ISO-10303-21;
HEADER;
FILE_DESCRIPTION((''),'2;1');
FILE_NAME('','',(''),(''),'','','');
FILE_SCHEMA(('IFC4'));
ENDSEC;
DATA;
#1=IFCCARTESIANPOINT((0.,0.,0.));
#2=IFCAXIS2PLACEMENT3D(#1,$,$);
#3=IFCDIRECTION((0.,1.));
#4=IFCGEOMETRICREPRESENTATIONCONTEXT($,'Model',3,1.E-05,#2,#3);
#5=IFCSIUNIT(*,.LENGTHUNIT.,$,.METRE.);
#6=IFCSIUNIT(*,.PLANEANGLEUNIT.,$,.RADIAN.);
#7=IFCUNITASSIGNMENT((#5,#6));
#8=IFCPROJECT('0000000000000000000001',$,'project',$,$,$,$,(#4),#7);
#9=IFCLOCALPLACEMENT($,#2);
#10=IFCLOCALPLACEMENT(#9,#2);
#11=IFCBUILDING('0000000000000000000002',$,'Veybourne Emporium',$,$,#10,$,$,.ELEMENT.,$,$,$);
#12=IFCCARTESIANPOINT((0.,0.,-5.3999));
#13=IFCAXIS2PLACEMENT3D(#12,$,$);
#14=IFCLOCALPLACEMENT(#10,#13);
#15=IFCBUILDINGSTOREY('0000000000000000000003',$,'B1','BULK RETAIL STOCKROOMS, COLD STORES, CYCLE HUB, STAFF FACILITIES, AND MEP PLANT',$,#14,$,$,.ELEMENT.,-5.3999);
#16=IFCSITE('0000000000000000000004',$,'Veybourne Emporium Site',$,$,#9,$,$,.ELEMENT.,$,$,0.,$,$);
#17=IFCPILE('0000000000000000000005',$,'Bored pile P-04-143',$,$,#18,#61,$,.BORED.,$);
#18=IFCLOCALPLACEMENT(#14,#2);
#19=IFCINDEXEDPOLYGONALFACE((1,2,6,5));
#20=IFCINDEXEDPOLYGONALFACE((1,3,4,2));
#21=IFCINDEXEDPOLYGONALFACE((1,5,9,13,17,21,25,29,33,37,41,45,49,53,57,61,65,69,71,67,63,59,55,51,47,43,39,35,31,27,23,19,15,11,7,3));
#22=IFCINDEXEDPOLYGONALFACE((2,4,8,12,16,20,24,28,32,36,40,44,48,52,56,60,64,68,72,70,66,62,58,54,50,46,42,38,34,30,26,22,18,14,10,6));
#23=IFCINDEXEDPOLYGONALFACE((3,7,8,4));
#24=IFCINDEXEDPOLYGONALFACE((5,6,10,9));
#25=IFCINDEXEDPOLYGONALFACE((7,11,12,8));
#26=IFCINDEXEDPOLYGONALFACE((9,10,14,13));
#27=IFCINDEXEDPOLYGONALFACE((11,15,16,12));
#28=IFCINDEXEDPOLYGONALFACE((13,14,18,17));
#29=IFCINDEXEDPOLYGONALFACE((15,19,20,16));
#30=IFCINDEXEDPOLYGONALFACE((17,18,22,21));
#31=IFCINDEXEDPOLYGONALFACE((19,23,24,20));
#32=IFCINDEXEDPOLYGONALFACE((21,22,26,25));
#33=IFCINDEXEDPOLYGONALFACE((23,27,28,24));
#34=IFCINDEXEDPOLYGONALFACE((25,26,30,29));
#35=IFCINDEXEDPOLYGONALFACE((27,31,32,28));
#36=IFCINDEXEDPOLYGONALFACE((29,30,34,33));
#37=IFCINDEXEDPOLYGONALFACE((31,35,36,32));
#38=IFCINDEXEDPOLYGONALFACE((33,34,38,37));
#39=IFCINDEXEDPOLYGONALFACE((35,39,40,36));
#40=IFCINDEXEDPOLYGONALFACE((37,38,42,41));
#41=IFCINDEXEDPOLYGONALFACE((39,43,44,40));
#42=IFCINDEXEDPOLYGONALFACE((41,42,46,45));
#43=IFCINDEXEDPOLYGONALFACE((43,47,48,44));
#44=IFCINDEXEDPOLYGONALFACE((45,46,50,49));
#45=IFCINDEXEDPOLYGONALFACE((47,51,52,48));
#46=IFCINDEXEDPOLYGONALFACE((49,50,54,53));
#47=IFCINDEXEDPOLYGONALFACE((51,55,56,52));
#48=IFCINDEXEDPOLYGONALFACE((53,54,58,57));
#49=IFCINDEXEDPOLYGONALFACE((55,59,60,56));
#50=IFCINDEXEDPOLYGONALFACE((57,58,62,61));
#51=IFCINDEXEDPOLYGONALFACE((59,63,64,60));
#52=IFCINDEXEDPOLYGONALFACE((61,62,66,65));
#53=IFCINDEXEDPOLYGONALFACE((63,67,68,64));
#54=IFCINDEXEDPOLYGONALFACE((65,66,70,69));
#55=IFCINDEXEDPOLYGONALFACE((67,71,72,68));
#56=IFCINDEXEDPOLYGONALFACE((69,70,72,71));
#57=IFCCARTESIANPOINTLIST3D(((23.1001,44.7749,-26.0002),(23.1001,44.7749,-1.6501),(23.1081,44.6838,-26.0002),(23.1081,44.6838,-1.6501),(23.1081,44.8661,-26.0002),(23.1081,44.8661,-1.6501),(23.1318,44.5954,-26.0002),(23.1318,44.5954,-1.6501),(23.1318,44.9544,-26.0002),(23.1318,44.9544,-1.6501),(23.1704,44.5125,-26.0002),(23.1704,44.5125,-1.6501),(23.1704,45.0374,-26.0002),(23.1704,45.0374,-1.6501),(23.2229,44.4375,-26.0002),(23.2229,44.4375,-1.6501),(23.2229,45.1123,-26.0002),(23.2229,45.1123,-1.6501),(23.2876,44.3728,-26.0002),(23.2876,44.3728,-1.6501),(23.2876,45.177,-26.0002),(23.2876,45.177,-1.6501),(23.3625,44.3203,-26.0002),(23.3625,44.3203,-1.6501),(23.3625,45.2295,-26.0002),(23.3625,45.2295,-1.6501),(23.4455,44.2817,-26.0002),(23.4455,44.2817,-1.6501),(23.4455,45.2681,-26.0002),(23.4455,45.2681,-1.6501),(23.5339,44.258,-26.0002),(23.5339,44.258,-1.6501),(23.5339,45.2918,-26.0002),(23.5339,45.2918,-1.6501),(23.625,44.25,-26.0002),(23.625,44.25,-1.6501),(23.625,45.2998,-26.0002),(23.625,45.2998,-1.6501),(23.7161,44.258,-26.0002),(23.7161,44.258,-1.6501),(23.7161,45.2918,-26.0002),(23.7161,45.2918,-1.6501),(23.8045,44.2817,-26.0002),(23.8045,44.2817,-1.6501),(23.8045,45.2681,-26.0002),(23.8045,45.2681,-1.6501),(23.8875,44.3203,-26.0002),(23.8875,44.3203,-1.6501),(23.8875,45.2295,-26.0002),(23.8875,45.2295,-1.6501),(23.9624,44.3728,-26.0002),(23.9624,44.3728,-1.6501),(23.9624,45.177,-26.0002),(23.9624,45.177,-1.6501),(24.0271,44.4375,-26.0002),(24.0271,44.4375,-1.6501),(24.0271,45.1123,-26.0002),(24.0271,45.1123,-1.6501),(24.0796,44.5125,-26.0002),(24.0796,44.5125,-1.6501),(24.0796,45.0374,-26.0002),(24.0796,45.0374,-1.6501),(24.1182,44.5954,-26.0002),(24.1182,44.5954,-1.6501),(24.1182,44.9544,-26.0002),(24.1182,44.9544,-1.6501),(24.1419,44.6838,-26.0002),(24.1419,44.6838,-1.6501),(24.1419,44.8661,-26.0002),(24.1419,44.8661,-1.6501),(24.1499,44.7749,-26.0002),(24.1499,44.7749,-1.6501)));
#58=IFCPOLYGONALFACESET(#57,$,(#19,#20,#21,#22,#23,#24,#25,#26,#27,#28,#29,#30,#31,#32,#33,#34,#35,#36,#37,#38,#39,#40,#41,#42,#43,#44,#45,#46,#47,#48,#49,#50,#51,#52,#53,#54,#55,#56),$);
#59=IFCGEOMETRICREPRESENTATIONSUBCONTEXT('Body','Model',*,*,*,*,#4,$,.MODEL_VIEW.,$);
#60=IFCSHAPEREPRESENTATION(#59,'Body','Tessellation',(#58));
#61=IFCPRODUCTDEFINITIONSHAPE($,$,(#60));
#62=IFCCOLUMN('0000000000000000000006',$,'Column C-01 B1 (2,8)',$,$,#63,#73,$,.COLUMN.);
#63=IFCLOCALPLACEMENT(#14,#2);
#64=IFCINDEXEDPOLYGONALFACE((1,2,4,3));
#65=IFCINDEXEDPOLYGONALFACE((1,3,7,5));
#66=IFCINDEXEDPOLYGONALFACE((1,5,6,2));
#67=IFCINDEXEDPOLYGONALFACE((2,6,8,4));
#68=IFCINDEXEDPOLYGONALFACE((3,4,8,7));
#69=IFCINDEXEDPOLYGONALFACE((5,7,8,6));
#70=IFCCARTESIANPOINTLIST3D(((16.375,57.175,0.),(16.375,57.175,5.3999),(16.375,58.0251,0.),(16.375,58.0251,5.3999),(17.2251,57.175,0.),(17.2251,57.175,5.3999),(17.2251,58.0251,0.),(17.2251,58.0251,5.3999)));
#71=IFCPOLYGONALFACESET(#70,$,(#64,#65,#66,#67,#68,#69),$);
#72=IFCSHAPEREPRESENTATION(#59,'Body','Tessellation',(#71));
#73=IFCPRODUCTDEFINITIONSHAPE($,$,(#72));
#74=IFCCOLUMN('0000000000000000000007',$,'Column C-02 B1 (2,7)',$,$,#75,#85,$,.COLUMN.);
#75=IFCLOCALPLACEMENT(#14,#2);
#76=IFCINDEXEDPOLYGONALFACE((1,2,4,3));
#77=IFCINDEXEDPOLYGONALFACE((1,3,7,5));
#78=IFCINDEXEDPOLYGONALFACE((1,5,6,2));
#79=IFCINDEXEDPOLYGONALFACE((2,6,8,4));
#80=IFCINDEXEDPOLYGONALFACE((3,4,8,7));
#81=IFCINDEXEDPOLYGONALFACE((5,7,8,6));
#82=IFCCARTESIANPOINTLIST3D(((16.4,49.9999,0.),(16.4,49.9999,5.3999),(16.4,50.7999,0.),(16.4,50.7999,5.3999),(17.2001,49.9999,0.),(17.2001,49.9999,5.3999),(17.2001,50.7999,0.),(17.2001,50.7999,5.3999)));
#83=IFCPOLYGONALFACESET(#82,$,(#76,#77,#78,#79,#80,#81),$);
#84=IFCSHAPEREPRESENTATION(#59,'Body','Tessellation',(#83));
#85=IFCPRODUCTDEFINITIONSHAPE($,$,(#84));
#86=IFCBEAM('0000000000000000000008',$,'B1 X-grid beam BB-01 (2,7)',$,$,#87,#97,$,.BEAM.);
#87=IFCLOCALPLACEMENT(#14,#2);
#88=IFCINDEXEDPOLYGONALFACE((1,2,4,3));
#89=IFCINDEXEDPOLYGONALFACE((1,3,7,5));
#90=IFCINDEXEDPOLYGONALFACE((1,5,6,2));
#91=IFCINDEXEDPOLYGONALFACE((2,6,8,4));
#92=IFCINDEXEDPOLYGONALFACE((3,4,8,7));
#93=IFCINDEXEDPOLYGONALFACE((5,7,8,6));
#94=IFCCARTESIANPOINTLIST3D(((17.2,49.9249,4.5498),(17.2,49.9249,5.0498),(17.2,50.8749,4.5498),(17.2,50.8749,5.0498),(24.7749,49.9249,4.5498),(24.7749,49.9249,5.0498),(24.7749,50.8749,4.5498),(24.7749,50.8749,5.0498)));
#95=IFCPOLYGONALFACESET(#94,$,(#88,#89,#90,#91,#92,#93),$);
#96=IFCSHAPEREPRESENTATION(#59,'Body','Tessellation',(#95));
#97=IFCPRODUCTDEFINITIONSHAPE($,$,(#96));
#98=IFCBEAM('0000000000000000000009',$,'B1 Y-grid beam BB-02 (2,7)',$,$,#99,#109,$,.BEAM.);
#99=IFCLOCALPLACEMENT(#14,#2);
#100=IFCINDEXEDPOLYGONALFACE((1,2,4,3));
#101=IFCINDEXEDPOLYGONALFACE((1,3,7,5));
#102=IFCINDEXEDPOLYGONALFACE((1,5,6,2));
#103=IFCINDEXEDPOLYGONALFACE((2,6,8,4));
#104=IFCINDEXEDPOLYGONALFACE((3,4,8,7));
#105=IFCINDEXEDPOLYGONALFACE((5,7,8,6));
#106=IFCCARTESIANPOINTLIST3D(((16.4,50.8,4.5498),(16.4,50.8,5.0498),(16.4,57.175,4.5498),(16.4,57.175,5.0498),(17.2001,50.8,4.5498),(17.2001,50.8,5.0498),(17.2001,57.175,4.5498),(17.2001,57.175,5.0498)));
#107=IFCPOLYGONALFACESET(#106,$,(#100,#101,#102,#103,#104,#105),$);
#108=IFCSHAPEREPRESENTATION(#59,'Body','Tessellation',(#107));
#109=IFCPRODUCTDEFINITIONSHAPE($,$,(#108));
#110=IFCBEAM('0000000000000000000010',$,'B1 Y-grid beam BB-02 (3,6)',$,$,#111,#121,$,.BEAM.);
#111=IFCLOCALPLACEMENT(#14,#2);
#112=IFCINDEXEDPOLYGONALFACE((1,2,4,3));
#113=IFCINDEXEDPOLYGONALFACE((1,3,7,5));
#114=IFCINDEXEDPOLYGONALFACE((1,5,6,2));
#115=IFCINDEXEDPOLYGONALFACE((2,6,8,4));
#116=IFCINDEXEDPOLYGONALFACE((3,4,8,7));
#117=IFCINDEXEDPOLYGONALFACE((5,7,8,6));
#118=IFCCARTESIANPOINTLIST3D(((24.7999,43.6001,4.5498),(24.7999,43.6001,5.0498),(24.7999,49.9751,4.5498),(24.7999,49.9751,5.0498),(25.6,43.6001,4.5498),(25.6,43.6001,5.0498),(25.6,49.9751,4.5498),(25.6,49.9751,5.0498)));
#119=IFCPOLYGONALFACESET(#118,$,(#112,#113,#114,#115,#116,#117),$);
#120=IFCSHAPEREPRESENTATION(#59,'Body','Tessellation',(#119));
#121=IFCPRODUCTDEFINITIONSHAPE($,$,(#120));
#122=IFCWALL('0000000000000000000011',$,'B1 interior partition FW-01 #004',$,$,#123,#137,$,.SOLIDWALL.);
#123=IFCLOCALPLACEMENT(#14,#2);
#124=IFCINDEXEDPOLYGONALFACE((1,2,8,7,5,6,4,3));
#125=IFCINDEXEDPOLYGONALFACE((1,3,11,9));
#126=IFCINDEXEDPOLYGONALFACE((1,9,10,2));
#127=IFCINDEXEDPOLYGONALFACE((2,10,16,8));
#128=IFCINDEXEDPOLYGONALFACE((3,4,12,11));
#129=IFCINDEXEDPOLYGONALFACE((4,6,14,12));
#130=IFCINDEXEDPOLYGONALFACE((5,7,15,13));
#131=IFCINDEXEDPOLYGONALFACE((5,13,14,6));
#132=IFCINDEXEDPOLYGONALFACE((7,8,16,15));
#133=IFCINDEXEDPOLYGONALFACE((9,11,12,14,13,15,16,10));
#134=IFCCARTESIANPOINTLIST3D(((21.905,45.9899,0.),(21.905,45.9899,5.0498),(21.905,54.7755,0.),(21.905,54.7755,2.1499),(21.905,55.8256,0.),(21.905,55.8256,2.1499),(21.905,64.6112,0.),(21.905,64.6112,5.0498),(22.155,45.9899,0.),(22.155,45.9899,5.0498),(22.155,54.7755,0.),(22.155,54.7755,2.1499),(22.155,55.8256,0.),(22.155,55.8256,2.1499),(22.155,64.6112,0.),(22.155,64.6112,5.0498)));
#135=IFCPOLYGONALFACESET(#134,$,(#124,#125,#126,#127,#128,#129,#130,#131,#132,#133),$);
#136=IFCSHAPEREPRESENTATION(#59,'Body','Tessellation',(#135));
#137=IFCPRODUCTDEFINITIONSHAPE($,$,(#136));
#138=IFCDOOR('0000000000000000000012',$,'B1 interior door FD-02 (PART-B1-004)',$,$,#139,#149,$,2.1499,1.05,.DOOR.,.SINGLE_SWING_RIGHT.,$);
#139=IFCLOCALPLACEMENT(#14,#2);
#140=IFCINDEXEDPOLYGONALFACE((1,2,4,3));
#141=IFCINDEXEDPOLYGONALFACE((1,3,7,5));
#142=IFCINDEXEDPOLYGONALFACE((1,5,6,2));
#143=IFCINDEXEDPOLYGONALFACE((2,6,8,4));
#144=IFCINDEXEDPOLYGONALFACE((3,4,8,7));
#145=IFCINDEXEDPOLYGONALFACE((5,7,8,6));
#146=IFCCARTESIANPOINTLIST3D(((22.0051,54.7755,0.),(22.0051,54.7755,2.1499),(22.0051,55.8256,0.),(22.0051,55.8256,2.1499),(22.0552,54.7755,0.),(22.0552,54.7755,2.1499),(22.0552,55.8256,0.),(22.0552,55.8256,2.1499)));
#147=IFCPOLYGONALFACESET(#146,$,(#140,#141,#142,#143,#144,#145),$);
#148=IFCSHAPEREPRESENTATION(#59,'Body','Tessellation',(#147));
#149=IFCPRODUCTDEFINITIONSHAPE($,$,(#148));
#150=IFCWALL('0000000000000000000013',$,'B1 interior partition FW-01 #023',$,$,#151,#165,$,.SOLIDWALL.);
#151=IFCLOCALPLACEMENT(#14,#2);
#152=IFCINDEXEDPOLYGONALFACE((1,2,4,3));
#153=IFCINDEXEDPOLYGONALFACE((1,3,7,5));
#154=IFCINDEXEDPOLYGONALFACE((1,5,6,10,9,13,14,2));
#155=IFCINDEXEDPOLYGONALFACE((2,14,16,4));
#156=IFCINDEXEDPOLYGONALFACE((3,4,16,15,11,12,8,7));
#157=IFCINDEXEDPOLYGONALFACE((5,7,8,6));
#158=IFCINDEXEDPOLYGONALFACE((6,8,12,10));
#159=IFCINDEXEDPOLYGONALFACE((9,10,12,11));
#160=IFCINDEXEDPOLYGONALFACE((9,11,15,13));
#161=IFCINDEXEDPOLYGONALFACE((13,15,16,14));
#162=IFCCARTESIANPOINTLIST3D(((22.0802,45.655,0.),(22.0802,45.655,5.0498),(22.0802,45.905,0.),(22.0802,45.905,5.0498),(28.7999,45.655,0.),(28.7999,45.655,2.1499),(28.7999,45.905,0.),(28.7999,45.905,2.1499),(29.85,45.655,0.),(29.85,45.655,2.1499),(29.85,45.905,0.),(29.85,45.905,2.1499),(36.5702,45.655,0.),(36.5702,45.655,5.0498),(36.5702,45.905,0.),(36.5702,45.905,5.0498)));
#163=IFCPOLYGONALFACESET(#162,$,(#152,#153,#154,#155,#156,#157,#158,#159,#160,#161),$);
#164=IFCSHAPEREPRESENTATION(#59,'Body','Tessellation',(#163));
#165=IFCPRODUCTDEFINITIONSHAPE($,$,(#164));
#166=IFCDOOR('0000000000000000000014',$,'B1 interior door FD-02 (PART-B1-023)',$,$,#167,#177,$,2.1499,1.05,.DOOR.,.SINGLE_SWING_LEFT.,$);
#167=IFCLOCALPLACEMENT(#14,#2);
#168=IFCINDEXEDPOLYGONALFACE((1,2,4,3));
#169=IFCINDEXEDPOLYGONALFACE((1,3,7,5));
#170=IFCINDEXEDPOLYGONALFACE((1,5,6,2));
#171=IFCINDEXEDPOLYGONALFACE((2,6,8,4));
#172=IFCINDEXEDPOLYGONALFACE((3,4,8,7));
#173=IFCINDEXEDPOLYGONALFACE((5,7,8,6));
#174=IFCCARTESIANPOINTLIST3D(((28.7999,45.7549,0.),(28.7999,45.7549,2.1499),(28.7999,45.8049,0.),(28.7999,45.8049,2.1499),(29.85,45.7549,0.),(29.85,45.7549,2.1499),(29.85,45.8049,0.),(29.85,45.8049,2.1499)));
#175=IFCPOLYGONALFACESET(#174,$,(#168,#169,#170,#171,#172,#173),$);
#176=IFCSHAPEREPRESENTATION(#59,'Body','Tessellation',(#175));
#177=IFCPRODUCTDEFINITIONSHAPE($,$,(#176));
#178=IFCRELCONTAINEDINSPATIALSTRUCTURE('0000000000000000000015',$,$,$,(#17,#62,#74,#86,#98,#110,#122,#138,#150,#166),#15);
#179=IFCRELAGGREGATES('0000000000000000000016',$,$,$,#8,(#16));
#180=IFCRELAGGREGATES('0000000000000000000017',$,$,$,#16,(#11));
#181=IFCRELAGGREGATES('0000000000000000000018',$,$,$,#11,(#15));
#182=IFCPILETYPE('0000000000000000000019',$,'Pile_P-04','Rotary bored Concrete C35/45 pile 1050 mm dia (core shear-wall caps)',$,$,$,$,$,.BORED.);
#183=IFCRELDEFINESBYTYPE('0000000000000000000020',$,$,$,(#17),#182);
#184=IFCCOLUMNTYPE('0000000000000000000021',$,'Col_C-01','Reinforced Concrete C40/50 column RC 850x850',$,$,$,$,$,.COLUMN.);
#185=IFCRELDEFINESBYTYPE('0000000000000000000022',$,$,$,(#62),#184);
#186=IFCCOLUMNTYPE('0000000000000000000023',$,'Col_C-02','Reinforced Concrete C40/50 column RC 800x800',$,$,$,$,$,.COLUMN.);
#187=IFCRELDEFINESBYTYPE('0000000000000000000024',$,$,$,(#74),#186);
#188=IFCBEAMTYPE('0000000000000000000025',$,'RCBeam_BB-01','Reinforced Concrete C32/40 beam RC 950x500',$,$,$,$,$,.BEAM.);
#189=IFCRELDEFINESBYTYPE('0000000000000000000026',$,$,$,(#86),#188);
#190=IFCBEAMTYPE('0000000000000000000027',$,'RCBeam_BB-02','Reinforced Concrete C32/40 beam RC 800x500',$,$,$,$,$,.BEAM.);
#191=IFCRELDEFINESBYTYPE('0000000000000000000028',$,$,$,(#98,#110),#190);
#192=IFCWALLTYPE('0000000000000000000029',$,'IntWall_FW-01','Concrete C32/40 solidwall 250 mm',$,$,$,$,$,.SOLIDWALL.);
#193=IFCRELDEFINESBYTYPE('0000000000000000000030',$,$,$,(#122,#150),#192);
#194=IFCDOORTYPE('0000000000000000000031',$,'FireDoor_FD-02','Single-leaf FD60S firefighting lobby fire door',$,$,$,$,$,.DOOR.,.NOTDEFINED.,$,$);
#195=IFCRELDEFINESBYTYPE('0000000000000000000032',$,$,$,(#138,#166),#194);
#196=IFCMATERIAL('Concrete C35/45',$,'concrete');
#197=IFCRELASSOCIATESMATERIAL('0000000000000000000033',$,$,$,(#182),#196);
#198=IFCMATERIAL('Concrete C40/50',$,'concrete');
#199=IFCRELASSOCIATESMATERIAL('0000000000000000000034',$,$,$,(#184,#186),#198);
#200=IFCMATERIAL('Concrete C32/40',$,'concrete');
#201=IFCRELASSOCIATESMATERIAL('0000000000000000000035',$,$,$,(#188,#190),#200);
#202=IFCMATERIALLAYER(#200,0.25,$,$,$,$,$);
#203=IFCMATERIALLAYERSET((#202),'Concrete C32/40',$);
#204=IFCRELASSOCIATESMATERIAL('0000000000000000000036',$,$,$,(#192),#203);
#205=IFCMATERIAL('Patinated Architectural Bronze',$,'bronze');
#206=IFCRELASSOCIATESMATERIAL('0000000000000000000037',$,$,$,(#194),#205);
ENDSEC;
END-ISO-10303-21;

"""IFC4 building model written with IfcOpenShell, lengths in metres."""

from ifc_helpers import new_model, si_unit, direction, frame, frame_2d, origin, origin_2d, place, context, subcontext, project, spatial, rectangle, circle, extrude, material, layer, layer_set, material_profile, profile_set, type_object, element, fill, save


model = new_model("IFC4")

# Units and contexts
model_context = context("Model", 3, precision=1e-05, world=origin(), true_north=direction((0.0, 1.0)))
body_context = subcontext(model_context, "Body", "Model", "MODEL_VIEW")
ifc_project = project(units=[si_unit("LENGTHUNIT", "METRE"), si_unit("PLANEANGLEUNIT", "RADIAN")], contexts=[model_context])

# Site, building, storey
site_placement = place(None, origin())
site = spatial("IfcSite", under=ifc_project, at=site_placement, Name="Veybourne Emporium Site", CompositionType="ELEMENT", RefElevation=0.0)
building_placement = place(site_placement, origin())
building = spatial("IfcBuilding", under=site, at=building_placement, Name="Veybourne Emporium", CompositionType="ELEMENT")
storey_placement = place(building_placement, frame((0.0, 0.0, -5.3999)))
storey = spatial("IfcBuildingStorey", under=building, at=storey_placement, Name="B1", Description="BULK RETAIL STOCKROOMS, COLD STORES, CYCLE HUB, STAFF FACILITIES, AND MEP PLANT", CompositionType="ELEMENT", Elevation=-5.3999)

# Shared definitions
ifc_material_1 = material(Name="Concrete C35/45", Category="concrete")

# Pile
ifc_material_profile_1 = material_profile(ifc_material_1, circle(Radius=0.5249, at=origin_2d()), Name="BORED PILE 1050")
ifc_profile_set_1 = profile_set([ifc_material_profile_1], Name="Concrete C35/45")
pile_type_1 = type_object("IfcPileType", Name="Pile_P-04", Description="Rotary bored Concrete C35/45 pile 1050 mm dia (core shear-wall caps)", PredefinedType="BORED", material=ifc_profile_set_1)
for number, where, z_axis, x_axis, name in (
    (1, (23.625, 44.7749, -1.6501), (0.0, 0.0, -1.0), (1.0, 0.0, 0.0), "Bored pile P-04-143"),
):
    element("IfcPile", number, at=place(storey_placement, frame(where, z_axis=z_axis, x_axis=x_axis)), inside=storey, type_object=pile_type_1, Name=name, PredefinedType="BORED", context=body_context, shape_type="SweptSolid", body=[
        extrude(circle(Radius=0.5249, at=origin_2d()), origin(), (0.0, 0.0, 1.0), 24.3501),
    ])

# Columns
ifc_material_2 = material(Name="Concrete C40/50", Category="concrete")
ifc_material_profile_2 = material_profile(ifc_material_2, rectangle(XDim=0.8501, YDim=0.8501, at=origin_2d()), Name="RC 850x850")
ifc_profile_set_2 = profile_set([ifc_material_profile_2], Name="Concrete C40/50")
column_type_1 = type_object("IfcColumnType", Name="Col_C-01", Description="Reinforced Concrete C40/50 column RC 850x850", PredefinedType="COLUMN", material=ifc_profile_set_2)
column_1_placement = place(storey_placement, frame((16.8, 57.6001, 0.0), z_axis=(0.0, 0.0, 1.0), x_axis=(1.0, 0.0, 0.0)))
element("IfcColumn", 2, at=column_1_placement, inside=storey, type_object=column_type_1, Name="Column C-01 B1 (2,8)", PredefinedType="COLUMN", context=body_context, shape_type="SweptSolid", body=[
    extrude(rectangle(XDim=0.8501, YDim=0.8501, at=origin_2d()), origin(), (0.0, 0.0, 1.0), 5.3999),
])
ifc_material_profile_3 = material_profile(ifc_material_2, rectangle(XDim=0.8, YDim=0.8, at=origin_2d()), Name="RC 800x800")
ifc_profile_set_3 = profile_set([ifc_material_profile_3], Name="Concrete C40/50")
column_type_2 = type_object("IfcColumnType", Name="Col_C-02", Description="Reinforced Concrete C40/50 column RC 800x800", PredefinedType="COLUMN", material=ifc_profile_set_3)
column_2_placement = place(storey_placement, frame((16.8, 50.3999, 0.0), z_axis=(0.0, 0.0, 1.0), x_axis=(1.0, 0.0, 0.0)))
element("IfcColumn", 3, at=column_2_placement, inside=storey, type_object=column_type_2, Name="Column C-02 B1 (2,7)", PredefinedType="COLUMN", context=body_context, shape_type="SweptSolid", body=[
    extrude(rectangle(XDim=0.8, YDim=0.8, at=origin_2d()), origin(), (0.0, 0.0, 1.0), 5.3999),
])

# Beams
ifc_material_3 = material(Name="Concrete C32/40", Category="concrete")
ifc_material_profile_4 = material_profile(ifc_material_3, rectangle(XDim=0.95, YDim=0.5, at=origin_2d()), Name="RC 950x500")
ifc_profile_set_4 = profile_set([ifc_material_profile_4], Name="Concrete C32/40")
beam_type_1 = type_object("IfcBeamType", Name="RCBeam_BB-01", Description="Reinforced Concrete C32/40 beam RC 950x500", PredefinedType="BEAM", material=ifc_profile_set_4)
beam_placement = place(storey_placement, frame((17.2, 50.3999, 4.7998), z_axis=(1.0, 0.0, 0.0), x_axis=(0.0, 1.0, 0.0)))
element("IfcBeam", 4, at=beam_placement, inside=storey, type_object=beam_type_1, Name="B1 X-grid beam BB-01 (2,7)", PredefinedType="BEAM", context=body_context, shape_type="SweptSolid", body=[
    extrude(rectangle(XDim=0.95, YDim=0.5, at=origin_2d()), origin(), (0.0, 0.0, 1.0), 7.575),
])
ifc_material_profile_5 = material_profile(ifc_material_3, rectangle(XDim=0.8, YDim=0.5, at=origin_2d()), Name="RC 800x500")
ifc_profile_set_5 = profile_set([ifc_material_profile_5], Name="Concrete C32/40")
beam_type_2 = type_object("IfcBeamType", Name="RCBeam_BB-02", Description="Reinforced Concrete C32/40 beam RC 800x500", PredefinedType="BEAM", material=ifc_profile_set_5)
for number, where, z_axis, x_axis, name in (
    (5, (16.8, 50.8, 4.7998), (0.0, 1.0, 0.0), (-1.0, 0.0, 0.0), "B1 Y-grid beam BB-02 (2,7)"),
    (6, (25.2, 43.6001, 4.7998), (0.0, 1.0, 0.0), (-1.0, 0.0, 0.0), "B1 Y-grid beam BB-02 (3,6)"),
):
    element("IfcBeam", number, at=place(storey_placement, frame(where, z_axis=z_axis, x_axis=x_axis)), inside=storey, type_object=beam_type_2, Name=name, PredefinedType="BEAM", context=body_context, shape_type="SweptSolid", body=[
        extrude(rectangle(XDim=0.8, YDim=0.5, at=origin_2d()), origin(), (0.0, 0.0, 1.0), 6.375),
    ])

# Walls, openings, doors
ifc_layer_1 = layer(ifc_material_3, 0.25)
ifc_layer_set_1 = layer_set([ifc_layer_1], Name="Concrete C32/40")
wall_type_1 = type_object("IfcWallType", Name="IntWall_FW-01", Description="Concrete C32/40 solidwall 250 mm", PredefinedType="SOLIDWALL", material=ifc_layer_set_1)
wall_1_placement = place(storey_placement, frame((22.03, 45.99, 0.0), z_axis=(0.0, 0.0, 1.0), x_axis=(0.0, 1.0, 0.0)))
wall_1 = element("IfcWall", 7, at=wall_1_placement, inside=storey, type_object=wall_type_1, Name="B1 interior partition FW-01 #004", PredefinedType="SOLIDWALL", context=body_context, shape_type="SweptSolid", body=[
    extrude(rectangle(XDim=18.6213, YDim=0.25, at=frame_2d((9.3105, 0.0))), origin(), (0.0, 0.0, 1.0), 5.0498),
])
opening_1_placement = place(wall_1_placement, frame((8.7856, 0.0, 0.0)))
opening_1 = element("IfcOpeningElement", 8, at=opening_1_placement, cuts=wall_1, PredefinedType="OPENING", context=body_context, shape_type="SweptSolid", body=[
    extrude(rectangle(XDim=1.05, YDim=2.1499, at=frame_2d((0.5249, 1.075))), frame((0.0, 0.145, 0.0), z_axis=(0.0, -1.0, 0.0), x_axis=(1.0, 0.0, 0.0)), (0.0, 0.0, 1.0), 0.29),
])
ifc_material_4 = material(Name="Patinated Architectural Bronze", Category="bronze")
door_type = type_object("IfcDoorType", Name="FireDoor_FD-02", Description="Single-leaf FD60S firefighting lobby fire door", OperationType="NOTDEFINED", PredefinedType="DOOR", material=ifc_material_4)
door_1_placement = place(opening_1_placement, origin())
door_1 = element("IfcDoor", 9, at=door_1_placement, inside=storey, type_object=door_type, Name="B1 interior door FD-02 (PART-B1-004)", OperationType="SINGLE_SWING_RIGHT", OverallHeight=2.1499, OverallWidth=1.05, PredefinedType="DOOR", context=body_context, shape_type="SweptSolid", body=[
    extrude(rectangle(XDim=1.05, YDim=2.1499, at=frame_2d((0.5249, 1.075))), frame((0.0, 0.0249, 0.0), z_axis=(0.0, -1.0, 0.0), x_axis=(1.0, 0.0, 0.0)), (0.0, 0.0, 1.0), 0.05),
])
fill(opening_1, door_1)
wall_2_placement = place(storey_placement, frame((22.0801, 45.78, 0.0), z_axis=(0.0, 0.0, 1.0), x_axis=(1.0, 0.0, 0.0)))
wall_2 = element("IfcWall", 10, at=wall_2_placement, inside=storey, type_object=wall_type_1, Name="B1 interior partition FW-01 #023", PredefinedType="SOLIDWALL", context=body_context, shape_type="SweptSolid", body=[
    extrude(rectangle(XDim=14.49, YDim=0.25, at=frame_2d((7.2451, 0.0))), origin(), (0.0, 0.0, 1.0), 5.0498),
])
opening_2_placement = place(wall_2_placement, frame((6.72, 0.0, 0.0)))
opening_2 = element("IfcOpeningElement", 11, at=opening_2_placement, cuts=wall_2, PredefinedType="OPENING", context=body_context, shape_type="SweptSolid", body=[
    extrude(rectangle(XDim=1.05, YDim=2.1499, at=frame_2d((0.5249, 1.075))), frame((0.0, 0.145, 0.0), z_axis=(0.0, -1.0, 0.0), x_axis=(1.0, 0.0, 0.0)), (0.0, 0.0, 1.0), 0.29),
])
door_2_placement = place(opening_2_placement, origin())
door_2 = element("IfcDoor", 12, at=door_2_placement, inside=storey, type_object=door_type, Name="B1 interior door FD-02 (PART-B1-023)", OperationType="SINGLE_SWING_LEFT", OverallHeight=2.1499, OverallWidth=1.05, PredefinedType="DOOR", context=body_context, shape_type="SweptSolid", body=[
    extrude(rectangle(XDim=1.05, YDim=2.1499, at=frame_2d((0.5249, 1.075))), frame((0.0, 0.0249, 0.0), z_axis=(0.0, -1.0, 0.0), x_axis=(1.0, 0.0, 0.0)), (0.0, 0.0, 1.0), 0.05),
])
fill(opening_2, door_2)

save(model, "model.ifc")
